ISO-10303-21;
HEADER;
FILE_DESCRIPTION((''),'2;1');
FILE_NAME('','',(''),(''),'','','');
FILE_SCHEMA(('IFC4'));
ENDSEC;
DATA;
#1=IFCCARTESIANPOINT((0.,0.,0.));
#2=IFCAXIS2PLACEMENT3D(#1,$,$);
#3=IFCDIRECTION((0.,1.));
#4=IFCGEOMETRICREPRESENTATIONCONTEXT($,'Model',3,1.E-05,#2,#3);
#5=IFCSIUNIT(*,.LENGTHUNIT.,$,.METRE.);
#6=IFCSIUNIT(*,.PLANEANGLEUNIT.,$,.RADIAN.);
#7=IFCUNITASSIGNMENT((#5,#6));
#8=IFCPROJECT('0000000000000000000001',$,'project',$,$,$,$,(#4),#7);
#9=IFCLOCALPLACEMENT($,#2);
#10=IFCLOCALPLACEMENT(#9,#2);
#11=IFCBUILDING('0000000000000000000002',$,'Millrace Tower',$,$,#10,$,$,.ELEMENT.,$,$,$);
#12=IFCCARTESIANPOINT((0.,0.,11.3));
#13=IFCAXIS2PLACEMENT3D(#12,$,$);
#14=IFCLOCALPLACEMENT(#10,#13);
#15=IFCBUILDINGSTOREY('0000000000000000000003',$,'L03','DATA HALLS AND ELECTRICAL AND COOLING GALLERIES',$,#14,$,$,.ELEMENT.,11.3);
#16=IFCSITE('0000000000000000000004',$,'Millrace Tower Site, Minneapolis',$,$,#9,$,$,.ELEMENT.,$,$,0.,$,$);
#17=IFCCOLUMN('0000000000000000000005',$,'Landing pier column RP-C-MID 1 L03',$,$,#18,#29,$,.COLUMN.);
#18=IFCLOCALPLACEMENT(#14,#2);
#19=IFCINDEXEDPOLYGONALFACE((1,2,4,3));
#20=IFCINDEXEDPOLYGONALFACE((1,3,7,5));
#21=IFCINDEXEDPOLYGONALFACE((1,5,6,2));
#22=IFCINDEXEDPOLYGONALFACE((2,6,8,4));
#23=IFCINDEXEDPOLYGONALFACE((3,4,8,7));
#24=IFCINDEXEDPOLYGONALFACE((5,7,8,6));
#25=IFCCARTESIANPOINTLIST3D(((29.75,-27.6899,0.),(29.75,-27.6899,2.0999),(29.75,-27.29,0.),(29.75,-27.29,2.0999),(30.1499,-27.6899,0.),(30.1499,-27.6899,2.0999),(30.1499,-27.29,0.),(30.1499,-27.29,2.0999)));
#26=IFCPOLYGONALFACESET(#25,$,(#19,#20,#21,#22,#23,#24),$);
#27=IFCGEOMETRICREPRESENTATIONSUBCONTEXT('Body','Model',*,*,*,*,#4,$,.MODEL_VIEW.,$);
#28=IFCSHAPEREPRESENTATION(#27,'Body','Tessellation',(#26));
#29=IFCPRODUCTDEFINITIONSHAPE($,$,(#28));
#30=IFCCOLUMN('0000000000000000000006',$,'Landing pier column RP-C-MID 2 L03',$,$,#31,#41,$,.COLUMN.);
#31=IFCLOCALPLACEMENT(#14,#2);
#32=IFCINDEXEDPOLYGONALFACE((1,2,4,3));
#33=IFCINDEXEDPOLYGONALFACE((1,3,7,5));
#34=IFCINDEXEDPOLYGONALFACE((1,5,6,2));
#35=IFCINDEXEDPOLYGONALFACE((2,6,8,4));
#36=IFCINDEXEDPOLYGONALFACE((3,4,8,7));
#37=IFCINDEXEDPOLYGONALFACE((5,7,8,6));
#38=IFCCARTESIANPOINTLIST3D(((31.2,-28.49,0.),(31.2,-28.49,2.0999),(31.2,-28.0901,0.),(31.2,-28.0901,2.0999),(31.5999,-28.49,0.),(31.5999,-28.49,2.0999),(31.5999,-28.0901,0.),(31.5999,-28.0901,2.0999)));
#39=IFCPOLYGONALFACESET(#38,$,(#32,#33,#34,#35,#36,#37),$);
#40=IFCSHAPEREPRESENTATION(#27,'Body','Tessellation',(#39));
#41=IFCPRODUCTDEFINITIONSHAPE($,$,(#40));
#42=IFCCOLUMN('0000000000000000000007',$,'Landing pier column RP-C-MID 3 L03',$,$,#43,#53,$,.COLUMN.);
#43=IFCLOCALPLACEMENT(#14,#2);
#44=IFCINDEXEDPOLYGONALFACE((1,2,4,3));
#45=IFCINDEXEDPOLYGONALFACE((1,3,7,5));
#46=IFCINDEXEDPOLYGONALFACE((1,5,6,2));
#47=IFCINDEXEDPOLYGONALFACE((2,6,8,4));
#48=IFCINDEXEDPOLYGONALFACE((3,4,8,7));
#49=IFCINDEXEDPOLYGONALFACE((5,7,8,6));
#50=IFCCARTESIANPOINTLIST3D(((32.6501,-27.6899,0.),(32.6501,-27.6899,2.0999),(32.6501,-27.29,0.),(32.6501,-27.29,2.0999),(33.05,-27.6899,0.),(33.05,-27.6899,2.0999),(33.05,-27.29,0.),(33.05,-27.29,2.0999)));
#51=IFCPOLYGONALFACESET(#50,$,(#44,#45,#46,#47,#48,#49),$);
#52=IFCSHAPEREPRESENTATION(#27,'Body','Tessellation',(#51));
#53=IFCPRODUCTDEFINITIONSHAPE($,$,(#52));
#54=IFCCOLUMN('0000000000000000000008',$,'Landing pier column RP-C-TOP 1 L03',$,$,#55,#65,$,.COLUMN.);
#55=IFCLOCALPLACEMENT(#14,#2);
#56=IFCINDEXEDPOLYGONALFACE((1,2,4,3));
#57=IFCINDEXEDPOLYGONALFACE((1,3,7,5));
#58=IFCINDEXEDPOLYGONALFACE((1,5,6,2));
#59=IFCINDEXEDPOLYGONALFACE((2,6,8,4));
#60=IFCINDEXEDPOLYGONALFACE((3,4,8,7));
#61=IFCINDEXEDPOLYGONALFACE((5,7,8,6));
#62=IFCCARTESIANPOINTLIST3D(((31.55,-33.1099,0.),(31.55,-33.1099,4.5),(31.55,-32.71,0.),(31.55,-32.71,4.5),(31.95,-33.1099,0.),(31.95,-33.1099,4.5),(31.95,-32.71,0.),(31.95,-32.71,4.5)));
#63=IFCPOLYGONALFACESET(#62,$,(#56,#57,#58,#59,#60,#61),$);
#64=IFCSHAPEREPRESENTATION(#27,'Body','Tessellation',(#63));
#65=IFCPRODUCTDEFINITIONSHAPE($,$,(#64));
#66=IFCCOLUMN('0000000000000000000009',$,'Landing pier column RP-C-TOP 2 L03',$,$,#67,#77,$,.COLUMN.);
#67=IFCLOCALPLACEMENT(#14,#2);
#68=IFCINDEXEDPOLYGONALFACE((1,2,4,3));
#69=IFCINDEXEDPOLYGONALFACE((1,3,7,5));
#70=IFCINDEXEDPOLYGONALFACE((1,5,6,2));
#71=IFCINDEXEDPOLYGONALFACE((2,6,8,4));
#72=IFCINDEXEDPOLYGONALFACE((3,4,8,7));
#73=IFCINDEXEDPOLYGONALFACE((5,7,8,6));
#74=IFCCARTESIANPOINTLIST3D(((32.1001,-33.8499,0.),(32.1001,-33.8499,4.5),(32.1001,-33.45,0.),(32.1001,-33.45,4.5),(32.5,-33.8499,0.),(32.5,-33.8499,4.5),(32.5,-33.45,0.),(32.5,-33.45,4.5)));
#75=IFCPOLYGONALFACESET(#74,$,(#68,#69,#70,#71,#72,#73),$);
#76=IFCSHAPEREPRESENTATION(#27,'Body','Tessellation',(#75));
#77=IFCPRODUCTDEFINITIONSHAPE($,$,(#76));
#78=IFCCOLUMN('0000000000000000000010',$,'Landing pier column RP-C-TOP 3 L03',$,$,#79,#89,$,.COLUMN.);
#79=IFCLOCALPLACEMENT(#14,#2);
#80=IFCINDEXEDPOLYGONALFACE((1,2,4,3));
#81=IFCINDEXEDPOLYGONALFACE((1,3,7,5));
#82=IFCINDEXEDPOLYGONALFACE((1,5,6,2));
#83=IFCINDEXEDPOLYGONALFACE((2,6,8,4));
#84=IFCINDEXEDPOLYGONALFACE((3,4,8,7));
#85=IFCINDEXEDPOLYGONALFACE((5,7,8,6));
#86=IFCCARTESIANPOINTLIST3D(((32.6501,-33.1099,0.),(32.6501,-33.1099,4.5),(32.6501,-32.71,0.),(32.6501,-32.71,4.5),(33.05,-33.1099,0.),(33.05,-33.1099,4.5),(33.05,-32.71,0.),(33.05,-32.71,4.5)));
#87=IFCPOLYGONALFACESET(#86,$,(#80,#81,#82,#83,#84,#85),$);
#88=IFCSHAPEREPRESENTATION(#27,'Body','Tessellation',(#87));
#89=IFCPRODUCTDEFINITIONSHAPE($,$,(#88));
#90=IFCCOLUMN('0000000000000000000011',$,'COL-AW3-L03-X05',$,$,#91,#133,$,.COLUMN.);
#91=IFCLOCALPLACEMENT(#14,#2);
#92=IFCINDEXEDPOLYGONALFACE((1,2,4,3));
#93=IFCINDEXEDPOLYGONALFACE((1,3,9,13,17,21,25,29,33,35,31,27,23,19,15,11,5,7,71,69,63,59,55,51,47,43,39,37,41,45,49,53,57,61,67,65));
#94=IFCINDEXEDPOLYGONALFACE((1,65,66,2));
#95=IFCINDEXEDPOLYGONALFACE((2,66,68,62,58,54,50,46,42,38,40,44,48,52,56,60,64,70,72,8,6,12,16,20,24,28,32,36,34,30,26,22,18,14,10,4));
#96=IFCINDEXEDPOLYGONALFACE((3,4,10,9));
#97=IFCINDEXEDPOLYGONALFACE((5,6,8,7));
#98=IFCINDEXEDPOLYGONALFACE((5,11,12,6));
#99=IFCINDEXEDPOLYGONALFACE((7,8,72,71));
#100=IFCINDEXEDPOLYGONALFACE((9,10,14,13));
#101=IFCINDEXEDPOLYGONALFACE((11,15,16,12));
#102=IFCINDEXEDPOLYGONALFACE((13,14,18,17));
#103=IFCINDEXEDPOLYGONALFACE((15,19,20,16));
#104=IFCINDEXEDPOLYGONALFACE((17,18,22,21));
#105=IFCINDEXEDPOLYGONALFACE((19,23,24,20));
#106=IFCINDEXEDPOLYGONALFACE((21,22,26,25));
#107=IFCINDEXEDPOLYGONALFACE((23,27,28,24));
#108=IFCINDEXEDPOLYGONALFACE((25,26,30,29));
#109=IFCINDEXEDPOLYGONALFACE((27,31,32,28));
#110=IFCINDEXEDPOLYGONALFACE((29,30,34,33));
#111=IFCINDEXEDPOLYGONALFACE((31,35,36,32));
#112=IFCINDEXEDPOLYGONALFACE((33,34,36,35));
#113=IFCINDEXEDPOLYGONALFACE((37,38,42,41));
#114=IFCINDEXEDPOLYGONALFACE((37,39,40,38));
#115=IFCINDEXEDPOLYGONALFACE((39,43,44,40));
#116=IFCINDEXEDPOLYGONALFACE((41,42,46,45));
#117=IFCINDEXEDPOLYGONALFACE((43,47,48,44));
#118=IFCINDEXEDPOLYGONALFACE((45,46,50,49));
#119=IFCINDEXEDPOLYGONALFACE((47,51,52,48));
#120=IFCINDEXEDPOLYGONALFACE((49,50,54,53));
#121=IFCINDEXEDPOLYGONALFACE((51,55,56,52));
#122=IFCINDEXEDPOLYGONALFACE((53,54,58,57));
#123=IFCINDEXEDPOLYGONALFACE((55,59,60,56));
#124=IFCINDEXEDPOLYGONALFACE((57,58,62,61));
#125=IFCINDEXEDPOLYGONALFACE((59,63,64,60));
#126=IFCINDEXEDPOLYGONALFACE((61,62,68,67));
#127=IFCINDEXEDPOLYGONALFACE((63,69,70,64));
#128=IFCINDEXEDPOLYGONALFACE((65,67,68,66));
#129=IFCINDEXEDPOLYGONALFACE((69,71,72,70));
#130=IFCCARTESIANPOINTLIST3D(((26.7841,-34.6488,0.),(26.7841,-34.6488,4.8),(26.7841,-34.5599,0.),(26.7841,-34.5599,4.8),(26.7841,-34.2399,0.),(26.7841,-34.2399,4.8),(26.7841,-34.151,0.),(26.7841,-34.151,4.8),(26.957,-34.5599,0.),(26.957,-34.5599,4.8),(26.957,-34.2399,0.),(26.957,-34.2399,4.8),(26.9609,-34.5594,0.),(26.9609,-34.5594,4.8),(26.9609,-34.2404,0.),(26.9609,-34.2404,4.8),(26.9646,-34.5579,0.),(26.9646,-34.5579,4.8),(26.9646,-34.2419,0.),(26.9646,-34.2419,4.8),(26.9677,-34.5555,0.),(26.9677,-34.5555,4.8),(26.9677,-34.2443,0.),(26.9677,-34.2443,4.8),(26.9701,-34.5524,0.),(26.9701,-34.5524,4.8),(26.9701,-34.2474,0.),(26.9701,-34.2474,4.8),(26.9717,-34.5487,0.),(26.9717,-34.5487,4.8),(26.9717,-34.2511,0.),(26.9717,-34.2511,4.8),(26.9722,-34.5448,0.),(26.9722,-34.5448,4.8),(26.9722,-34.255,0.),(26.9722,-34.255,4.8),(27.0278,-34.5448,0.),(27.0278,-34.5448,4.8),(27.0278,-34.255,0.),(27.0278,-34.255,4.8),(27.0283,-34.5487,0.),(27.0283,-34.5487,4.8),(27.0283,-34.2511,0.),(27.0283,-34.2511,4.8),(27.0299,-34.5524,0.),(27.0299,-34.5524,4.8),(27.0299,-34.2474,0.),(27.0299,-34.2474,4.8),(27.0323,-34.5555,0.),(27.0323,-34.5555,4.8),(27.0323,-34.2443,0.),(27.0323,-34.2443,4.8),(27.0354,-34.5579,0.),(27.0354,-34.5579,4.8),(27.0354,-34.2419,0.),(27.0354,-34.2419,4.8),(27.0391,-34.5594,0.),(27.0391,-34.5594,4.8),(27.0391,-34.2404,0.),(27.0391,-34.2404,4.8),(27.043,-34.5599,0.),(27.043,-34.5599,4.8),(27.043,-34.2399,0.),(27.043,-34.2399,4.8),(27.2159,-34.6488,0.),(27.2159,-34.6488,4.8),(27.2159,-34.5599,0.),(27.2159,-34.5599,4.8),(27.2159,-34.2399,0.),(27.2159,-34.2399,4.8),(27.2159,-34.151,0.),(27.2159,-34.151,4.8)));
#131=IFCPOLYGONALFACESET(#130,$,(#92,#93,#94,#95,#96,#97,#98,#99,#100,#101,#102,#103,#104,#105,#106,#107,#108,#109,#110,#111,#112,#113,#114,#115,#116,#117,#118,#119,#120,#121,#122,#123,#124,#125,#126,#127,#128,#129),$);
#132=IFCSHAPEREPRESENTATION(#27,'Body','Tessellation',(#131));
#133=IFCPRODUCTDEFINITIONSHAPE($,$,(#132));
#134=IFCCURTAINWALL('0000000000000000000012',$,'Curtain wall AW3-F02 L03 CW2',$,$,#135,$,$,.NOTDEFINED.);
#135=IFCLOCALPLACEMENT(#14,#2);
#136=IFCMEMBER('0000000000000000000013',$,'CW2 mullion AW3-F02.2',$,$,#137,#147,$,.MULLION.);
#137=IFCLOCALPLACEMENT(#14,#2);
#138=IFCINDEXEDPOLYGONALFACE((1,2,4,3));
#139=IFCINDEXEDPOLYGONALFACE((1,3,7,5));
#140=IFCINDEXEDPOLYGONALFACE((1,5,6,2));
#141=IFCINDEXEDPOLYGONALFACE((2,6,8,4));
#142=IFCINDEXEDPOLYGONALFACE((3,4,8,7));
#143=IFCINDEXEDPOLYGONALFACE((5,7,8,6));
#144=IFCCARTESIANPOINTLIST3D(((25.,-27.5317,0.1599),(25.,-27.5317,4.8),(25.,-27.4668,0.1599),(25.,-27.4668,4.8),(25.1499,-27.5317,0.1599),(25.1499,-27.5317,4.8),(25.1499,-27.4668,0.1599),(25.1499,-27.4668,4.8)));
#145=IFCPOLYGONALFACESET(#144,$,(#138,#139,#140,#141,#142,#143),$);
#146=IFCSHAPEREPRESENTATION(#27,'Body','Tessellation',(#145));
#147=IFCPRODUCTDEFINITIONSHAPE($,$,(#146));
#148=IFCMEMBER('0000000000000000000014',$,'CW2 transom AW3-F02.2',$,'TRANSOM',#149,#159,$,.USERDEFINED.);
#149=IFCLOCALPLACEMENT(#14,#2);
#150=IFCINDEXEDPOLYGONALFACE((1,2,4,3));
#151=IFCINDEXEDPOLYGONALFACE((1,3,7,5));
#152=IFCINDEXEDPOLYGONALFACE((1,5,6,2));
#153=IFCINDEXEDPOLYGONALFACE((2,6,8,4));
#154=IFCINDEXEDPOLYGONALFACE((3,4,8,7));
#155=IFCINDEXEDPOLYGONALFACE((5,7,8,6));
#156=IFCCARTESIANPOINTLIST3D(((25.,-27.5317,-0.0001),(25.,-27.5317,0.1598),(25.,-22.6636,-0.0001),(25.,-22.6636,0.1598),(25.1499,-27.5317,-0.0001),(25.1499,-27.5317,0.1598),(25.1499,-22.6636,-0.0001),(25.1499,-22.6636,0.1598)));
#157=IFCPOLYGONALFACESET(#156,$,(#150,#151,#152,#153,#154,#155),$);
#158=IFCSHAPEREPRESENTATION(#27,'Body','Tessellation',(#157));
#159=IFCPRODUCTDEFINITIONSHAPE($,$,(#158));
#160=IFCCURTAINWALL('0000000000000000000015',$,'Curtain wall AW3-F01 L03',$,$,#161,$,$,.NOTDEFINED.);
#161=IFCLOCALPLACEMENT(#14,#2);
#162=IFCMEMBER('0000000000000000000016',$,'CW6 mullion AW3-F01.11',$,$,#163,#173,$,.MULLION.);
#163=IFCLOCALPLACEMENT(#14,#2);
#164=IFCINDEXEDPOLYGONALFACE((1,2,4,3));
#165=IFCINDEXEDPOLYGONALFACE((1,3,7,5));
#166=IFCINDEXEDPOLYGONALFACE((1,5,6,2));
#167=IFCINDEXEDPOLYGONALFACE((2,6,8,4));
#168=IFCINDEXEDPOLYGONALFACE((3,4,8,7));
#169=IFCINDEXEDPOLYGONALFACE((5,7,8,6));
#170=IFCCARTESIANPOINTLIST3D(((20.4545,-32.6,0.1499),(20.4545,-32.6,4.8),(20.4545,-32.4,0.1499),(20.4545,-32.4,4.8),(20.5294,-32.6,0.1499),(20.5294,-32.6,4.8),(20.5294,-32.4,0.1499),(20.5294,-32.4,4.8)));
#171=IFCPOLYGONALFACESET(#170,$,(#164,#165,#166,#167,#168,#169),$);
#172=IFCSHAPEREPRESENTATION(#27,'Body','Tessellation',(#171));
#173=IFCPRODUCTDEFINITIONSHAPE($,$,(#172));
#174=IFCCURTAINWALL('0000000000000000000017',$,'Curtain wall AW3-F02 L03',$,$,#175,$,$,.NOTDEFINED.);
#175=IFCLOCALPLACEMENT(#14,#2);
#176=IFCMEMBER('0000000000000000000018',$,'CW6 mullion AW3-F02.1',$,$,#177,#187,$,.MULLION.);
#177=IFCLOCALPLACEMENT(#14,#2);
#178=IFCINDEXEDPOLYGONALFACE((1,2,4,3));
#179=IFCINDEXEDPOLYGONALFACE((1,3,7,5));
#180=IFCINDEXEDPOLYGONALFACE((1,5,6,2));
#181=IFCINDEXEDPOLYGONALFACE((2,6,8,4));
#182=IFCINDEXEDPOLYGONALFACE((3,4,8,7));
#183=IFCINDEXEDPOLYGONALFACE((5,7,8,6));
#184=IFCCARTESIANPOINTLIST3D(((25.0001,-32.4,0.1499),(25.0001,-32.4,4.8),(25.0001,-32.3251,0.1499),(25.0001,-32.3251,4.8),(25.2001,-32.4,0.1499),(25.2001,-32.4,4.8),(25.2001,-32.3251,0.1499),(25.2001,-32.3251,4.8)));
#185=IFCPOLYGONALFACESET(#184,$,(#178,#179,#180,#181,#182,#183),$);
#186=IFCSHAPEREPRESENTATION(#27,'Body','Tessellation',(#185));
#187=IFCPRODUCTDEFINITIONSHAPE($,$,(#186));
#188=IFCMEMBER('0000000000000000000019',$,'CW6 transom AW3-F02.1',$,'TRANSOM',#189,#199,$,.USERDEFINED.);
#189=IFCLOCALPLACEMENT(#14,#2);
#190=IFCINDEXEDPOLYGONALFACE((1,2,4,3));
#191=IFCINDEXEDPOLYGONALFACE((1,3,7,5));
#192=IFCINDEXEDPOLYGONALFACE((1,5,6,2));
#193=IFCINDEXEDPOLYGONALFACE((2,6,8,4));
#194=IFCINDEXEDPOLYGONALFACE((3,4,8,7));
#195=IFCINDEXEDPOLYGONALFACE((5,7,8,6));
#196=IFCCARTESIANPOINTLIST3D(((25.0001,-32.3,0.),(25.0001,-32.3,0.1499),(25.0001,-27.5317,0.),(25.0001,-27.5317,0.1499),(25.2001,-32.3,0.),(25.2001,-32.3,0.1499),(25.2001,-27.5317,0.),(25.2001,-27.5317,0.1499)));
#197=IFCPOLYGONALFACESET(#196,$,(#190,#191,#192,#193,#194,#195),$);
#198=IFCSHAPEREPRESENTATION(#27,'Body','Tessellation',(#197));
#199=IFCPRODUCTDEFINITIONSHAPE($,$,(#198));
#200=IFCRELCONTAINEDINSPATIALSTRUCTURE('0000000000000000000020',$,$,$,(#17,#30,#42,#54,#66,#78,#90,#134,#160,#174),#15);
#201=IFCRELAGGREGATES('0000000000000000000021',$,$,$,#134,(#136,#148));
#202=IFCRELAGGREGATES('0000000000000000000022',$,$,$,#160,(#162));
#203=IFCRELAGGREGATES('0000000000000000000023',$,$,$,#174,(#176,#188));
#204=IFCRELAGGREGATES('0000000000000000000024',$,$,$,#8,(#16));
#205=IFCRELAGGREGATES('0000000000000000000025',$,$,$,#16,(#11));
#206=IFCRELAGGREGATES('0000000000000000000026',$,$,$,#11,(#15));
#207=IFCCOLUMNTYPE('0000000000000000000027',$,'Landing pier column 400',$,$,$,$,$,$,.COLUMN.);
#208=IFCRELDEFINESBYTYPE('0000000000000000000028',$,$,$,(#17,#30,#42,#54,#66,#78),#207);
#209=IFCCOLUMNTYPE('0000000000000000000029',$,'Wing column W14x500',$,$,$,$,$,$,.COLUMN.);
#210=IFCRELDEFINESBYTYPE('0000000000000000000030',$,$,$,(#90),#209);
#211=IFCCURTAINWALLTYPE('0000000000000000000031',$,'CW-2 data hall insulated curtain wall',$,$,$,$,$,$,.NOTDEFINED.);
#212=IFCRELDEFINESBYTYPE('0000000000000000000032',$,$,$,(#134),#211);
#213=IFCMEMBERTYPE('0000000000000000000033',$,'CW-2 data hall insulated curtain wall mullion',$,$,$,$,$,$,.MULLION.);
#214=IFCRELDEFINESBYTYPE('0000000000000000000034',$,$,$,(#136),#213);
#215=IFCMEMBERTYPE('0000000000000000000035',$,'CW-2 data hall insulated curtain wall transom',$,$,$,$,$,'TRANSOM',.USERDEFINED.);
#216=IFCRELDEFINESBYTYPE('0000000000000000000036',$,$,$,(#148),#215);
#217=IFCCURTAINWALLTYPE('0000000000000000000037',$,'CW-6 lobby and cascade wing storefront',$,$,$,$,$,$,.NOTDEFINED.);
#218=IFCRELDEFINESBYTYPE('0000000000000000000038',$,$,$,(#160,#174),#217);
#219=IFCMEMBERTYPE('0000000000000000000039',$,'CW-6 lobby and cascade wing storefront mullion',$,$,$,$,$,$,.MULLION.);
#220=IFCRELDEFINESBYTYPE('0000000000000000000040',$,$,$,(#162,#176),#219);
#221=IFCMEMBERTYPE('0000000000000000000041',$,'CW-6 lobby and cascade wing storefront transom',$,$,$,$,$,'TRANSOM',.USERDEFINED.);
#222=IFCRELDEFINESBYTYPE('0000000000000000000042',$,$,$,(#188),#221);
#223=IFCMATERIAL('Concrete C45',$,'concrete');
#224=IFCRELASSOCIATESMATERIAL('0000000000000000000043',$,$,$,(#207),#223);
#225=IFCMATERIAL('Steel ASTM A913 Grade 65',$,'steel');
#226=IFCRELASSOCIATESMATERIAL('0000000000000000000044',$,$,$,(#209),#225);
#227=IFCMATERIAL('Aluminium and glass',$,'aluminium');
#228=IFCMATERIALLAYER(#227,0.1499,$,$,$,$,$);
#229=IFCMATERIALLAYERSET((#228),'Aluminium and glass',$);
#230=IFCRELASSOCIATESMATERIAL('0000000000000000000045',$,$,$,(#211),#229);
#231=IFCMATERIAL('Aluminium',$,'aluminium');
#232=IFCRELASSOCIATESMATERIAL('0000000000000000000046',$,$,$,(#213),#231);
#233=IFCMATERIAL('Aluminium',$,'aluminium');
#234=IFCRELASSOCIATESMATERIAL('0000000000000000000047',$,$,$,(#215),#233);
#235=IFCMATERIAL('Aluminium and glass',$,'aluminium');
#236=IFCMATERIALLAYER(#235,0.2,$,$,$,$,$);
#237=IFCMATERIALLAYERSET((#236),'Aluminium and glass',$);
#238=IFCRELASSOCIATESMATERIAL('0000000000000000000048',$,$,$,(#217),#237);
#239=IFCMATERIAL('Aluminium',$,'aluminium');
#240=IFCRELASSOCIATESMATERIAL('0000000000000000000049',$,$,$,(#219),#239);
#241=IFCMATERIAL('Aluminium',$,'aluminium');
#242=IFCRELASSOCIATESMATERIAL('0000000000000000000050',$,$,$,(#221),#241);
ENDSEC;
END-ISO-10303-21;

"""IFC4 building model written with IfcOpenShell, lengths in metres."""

from ifc_helpers import new_model, si_unit, direction, frame, origin, origin_2d, place, context, subcontext, project, spatial, rectangle, i_section, extrude, material, layer, layer_set, material_profile, profile_set, type_object, element, aggregate, save


model = new_model("IFC4")

# Units and contexts
model_context = context("Model", 3, precision=1e-05, world=origin(), true_north=direction((0.0, 1.0)))
body_context = subcontext(model_context, "Body", "Model", "MODEL_VIEW")
ifc_project = project(units=[si_unit("LENGTHUNIT", "METRE"), si_unit("PLANEANGLEUNIT", "RADIAN")], contexts=[model_context])

# Site, building, storey
site_placement = place(None, origin())
site = spatial("IfcSite", under=ifc_project, at=site_placement, Name="Millrace Tower Site, Minneapolis", CompositionType="ELEMENT", RefElevation=0.0)
building_placement = place(site_placement, origin())
building = spatial("IfcBuilding", under=site, at=building_placement, Name="Millrace Tower", CompositionType="ELEMENT")
storey_placement = place(building_placement, frame((0.0, 0.0, 11.3)))
storey = spatial("IfcBuildingStorey", under=building, at=storey_placement, Name="L03", Description="DATA HALLS AND ELECTRICAL AND COOLING GALLERIES", CompositionType="ELEMENT", Elevation=11.3)

# Columns
ifc_material_1 = material(Name="Concrete C45", Category="concrete")
ifc_material_profile_1 = material_profile(ifc_material_1, rectangle(XDim=0.3999, YDim=0.3999, at=origin_2d()))
ifc_profile_set_1 = profile_set([ifc_material_profile_1], Name="Concrete C45")
column_type_1 = type_object("IfcColumnType", Name="Landing pier column 400", PredefinedType="COLUMN", material=ifc_profile_set_1)
for number, where, z_axis, x_axis, name in (
    (1, (29.95, -27.49, 0.0), (0.0, 0.0, 1.0), (1.0, 0.0, 0.0), "Landing pier column RP-C-MID 1 L03"),
    (2, (31.3999, -28.29, 0.0), (0.0, 0.0, 1.0), (1.0, 0.0, 0.0), "Landing pier column RP-C-MID 2 L03"),
    (3, (32.8501, -27.49, 0.0), (0.0, 0.0, 1.0), (1.0, 0.0, 0.0), "Landing pier column RP-C-MID 3 L03"),
):
    element("IfcColumn", number, at=place(storey_placement, frame(where, z_axis=z_axis, x_axis=x_axis)), inside=storey, type_object=column_type_1, Name=name, PredefinedType="COLUMN", context=body_context, shape_type="SweptSolid", body=[
        extrude(rectangle(XDim=0.3999, YDim=0.3999, at=origin_2d()), origin(), (0.0, 0.0, 1.0), 2.0999),
    ])
for number, where, z_axis, x_axis, name in (
    (4, (31.75, -32.9099, 0.0), (0.0, 0.0, 1.0), (1.0, 0.0, 0.0), "Landing pier column RP-C-TOP 1 L03"),
    (5, (32.3, -33.6499, 0.0), (0.0, 0.0, 1.0), (1.0, 0.0, 0.0), "Landing pier column RP-C-TOP 2 L03"),
    (6, (32.8501, -32.9099, 0.0), (0.0, 0.0, 1.0), (1.0, 0.0, 0.0), "Landing pier column RP-C-TOP 3 L03"),
):
    element("IfcColumn", number, at=place(storey_placement, frame(where, z_axis=z_axis, x_axis=x_axis)), inside=storey, type_object=column_type_1, Name=name, PredefinedType="COLUMN", context=body_context, shape_type="SweptSolid", body=[
        extrude(rectangle(XDim=0.3999, YDim=0.3999, at=origin_2d()), origin(), (0.0, 0.0, 1.0), 4.5),
    ])
ifc_material_2 = material(Name="Steel ASTM A913 Grade 65", Category="steel")
ifc_material_profile_2 = material_profile(ifc_material_2, i_section(OverallWidth=0.4319, OverallDepth=0.4978, WebThickness=0.0557, FlangeThickness=0.0889, FilletRadius=0.0151, at=origin_2d()))
ifc_profile_set_2 = profile_set([ifc_material_profile_2], Name="Steel ASTM A913 Grade 65")
column_type_2 = type_object("IfcColumnType", Name="Wing column W14x500", PredefinedType="COLUMN", material=ifc_profile_set_2)
column_placement = place(storey_placement, frame((27.0, -34.3999, 0.0), z_axis=(0.0, 0.0, 1.0), x_axis=(1.0, 0.0, 0.0)))
element("IfcColumn", 7, at=column_placement, inside=storey, type_object=column_type_2, Name="COL-AW3-L03-X05", PredefinedType="COLUMN", context=body_context, shape_type="SweptSolid", body=[
    extrude(i_section(OverallWidth=0.4319, OverallDepth=0.4978, WebThickness=0.0557, FlangeThickness=0.0889, FilletRadius=0.0151, at=origin_2d()), origin(), (0.0, 0.0, 1.0), 4.8),
])

# Curtain wall, members
ifc_material_3 = material(Name="Aluminium and glass", Category="aluminium")
ifc_layer_1 = layer(ifc_material_3, 0.1499)
ifc_layer_set_1 = layer_set([ifc_layer_1], Name="Aluminium and glass")
curtain_wall_type_1 = type_object("IfcCurtainWallType", Name="CW-2 data hall insulated curtain wall", PredefinedType="NOTDEFINED", material=ifc_layer_set_1)
placement_1 = place(storey_placement, origin())
curtain_wall_1 = element("IfcCurtainWall", 8, at=placement_1, inside=storey, type_object=curtain_wall_type_1, Name="Curtain wall AW3-F02 L03 CW2", PredefinedType="NOTDEFINED")
ifc_material_4 = material(Name="Aluminium", Category="aluminium")
ifc_material_profile_3 = material_profile(ifc_material_4, rectangle(XDim=0.0649, YDim=0.1499, at=origin_2d()))
ifc_profile_set_3 = profile_set([ifc_material_profile_3], Name="Aluminium")
member_type_1 = type_object("IfcMemberType", Name="CW-2 data hall insulated curtain wall mullion", PredefinedType="MULLION", material=ifc_profile_set_3)
member_1_placement = place(storey_placement, frame((25.075, -27.4993, 0.1599), z_axis=(0.0, 0.0, 1.0), x_axis=(0.0, 1.0, 0.0)))
member_1 = element("IfcMember", 9, at=member_1_placement, type_object=member_type_1, Name="CW2 mullion AW3-F02.2", PredefinedType="MULLION", context=body_context, shape_type="SweptSolid", body=[
    extrude(rectangle(XDim=0.0649, YDim=0.1499, at=origin_2d()), origin(), (0.0, 0.0, 1.0), 4.6401),
])
ifc_material_5 = material(Name="Aluminium", Category="aluminium")
ifc_material_profile_4 = material_profile(ifc_material_5, rectangle(XDim=0.1499, YDim=0.1599, at=origin_2d()))
ifc_profile_set_4 = profile_set([ifc_material_profile_4], Name="Aluminium")
member_type_2 = type_object("IfcMemberType", Name="CW-2 data hall insulated curtain wall transom", ElementType="TRANSOM", PredefinedType="USERDEFINED", material=ifc_profile_set_4)
member_2_placement = place(storey_placement, frame((25.075, -27.5317, 0.0798), z_axis=(0.0, 1.0, 0.0), x_axis=(-1.0, 0.0, 0.0)))
member_2 = element("IfcMember", 10, at=member_2_placement, type_object=member_type_2, Name="CW2 transom AW3-F02.2", ObjectType="TRANSOM", PredefinedType="USERDEFINED", context=body_context, shape_type="SweptSolid", body=[
    extrude(rectangle(XDim=0.1499, YDim=0.1599, at=origin_2d()), origin(), (0.0, 0.0, 1.0), 4.8682),
])
aggregate(curtain_wall_1, [member_1, member_2])

# Curtain wall, member
ifc_material_6 = material(Name="Aluminium and glass", Category="aluminium")
ifc_layer_2 = layer(ifc_material_6, 0.2)
ifc_layer_set_2 = layer_set([ifc_layer_2], Name="Aluminium and glass")
curtain_wall_type_2 = type_object("IfcCurtainWallType", Name="CW-6 lobby and cascade wing storefront", PredefinedType="NOTDEFINED", material=ifc_layer_set_2)
curtain_wall_2 = element("IfcCurtainWall", 11, at=placement_1, inside=storey, type_object=curtain_wall_type_2, Name="Curtain wall AW3-F01 L03", PredefinedType="NOTDEFINED")
ifc_material_7 = material(Name="Aluminium", Category="aluminium")
ifc_material_profile_5 = material_profile(ifc_material_7, rectangle(XDim=0.075, YDim=0.2, at=origin_2d()))
ifc_profile_set_5 = profile_set([ifc_material_profile_5], Name="Aluminium")
member_type_3 = type_object("IfcMemberType", Name="CW-6 lobby and cascade wing storefront mullion", PredefinedType="MULLION", material=ifc_profile_set_5)
member_3_placement = place(storey_placement, frame((20.4919, -32.5, 0.1499), z_axis=(0.0, 0.0, 1.0), x_axis=(1.0, 0.0, 0.0)))
member_3 = element("IfcMember", 12, at=member_3_placement, type_object=member_type_3, Name="CW6 mullion AW3-F01.11", PredefinedType="MULLION", context=body_context, shape_type="SweptSolid", body=[
    extrude(rectangle(XDim=0.075, YDim=0.2, at=origin_2d()), origin(), (0.0, 0.0, 1.0), 4.6501),
])
aggregate(curtain_wall_2, [member_3])

# Curtain wall, members
curtain_wall_3 = element("IfcCurtainWall", 13, at=placement_1, inside=storey, type_object=curtain_wall_type_2, Name="Curtain wall AW3-F02 L03", PredefinedType="NOTDEFINED")
member_4_placement = place(storey_placement, frame((25.1001, -32.3625, 0.1499), z_axis=(0.0, 0.0, 1.0), x_axis=(0.0, 1.0, 0.0)))
member_4 = element("IfcMember", 14, at=member_4_placement, type_object=member_type_3, Name="CW6 mullion AW3-F02.1", PredefinedType="MULLION", context=body_context, shape_type="SweptSolid", body=[
    extrude(rectangle(XDim=0.075, YDim=0.2, at=origin_2d()), origin(), (0.0, 0.0, 1.0), 4.6501),
])
ifc_material_8 = material(Name="Aluminium", Category="aluminium")
ifc_material_profile_6 = material_profile(ifc_material_8, rectangle(XDim=0.2, YDim=0.1499, at=origin_2d()))
ifc_profile_set_6 = profile_set([ifc_material_profile_6], Name="Aluminium")
member_type_4 = type_object("IfcMemberType", Name="CW-6 lobby and cascade wing storefront transom", ElementType="TRANSOM", PredefinedType="USERDEFINED", material=ifc_profile_set_6)
member_5_placement = place(storey_placement, frame((25.1001, -32.3, 0.075), z_axis=(0.0, 1.0, 0.0), x_axis=(-1.0, 0.0, 0.0)))
member_5 = element("IfcMember", 15, at=member_5_placement, type_object=member_type_4, Name="CW6 transom AW3-F02.1", ObjectType="TRANSOM", PredefinedType="USERDEFINED", context=body_context, shape_type="SweptSolid", body=[
    extrude(rectangle(XDim=0.2, YDim=0.1499, at=origin_2d()), origin(), (0.0, 0.0, 1.0), 4.7683),
])
aggregate(curtain_wall_3, [member_4, member_5])

save(model, "model.ifc")
